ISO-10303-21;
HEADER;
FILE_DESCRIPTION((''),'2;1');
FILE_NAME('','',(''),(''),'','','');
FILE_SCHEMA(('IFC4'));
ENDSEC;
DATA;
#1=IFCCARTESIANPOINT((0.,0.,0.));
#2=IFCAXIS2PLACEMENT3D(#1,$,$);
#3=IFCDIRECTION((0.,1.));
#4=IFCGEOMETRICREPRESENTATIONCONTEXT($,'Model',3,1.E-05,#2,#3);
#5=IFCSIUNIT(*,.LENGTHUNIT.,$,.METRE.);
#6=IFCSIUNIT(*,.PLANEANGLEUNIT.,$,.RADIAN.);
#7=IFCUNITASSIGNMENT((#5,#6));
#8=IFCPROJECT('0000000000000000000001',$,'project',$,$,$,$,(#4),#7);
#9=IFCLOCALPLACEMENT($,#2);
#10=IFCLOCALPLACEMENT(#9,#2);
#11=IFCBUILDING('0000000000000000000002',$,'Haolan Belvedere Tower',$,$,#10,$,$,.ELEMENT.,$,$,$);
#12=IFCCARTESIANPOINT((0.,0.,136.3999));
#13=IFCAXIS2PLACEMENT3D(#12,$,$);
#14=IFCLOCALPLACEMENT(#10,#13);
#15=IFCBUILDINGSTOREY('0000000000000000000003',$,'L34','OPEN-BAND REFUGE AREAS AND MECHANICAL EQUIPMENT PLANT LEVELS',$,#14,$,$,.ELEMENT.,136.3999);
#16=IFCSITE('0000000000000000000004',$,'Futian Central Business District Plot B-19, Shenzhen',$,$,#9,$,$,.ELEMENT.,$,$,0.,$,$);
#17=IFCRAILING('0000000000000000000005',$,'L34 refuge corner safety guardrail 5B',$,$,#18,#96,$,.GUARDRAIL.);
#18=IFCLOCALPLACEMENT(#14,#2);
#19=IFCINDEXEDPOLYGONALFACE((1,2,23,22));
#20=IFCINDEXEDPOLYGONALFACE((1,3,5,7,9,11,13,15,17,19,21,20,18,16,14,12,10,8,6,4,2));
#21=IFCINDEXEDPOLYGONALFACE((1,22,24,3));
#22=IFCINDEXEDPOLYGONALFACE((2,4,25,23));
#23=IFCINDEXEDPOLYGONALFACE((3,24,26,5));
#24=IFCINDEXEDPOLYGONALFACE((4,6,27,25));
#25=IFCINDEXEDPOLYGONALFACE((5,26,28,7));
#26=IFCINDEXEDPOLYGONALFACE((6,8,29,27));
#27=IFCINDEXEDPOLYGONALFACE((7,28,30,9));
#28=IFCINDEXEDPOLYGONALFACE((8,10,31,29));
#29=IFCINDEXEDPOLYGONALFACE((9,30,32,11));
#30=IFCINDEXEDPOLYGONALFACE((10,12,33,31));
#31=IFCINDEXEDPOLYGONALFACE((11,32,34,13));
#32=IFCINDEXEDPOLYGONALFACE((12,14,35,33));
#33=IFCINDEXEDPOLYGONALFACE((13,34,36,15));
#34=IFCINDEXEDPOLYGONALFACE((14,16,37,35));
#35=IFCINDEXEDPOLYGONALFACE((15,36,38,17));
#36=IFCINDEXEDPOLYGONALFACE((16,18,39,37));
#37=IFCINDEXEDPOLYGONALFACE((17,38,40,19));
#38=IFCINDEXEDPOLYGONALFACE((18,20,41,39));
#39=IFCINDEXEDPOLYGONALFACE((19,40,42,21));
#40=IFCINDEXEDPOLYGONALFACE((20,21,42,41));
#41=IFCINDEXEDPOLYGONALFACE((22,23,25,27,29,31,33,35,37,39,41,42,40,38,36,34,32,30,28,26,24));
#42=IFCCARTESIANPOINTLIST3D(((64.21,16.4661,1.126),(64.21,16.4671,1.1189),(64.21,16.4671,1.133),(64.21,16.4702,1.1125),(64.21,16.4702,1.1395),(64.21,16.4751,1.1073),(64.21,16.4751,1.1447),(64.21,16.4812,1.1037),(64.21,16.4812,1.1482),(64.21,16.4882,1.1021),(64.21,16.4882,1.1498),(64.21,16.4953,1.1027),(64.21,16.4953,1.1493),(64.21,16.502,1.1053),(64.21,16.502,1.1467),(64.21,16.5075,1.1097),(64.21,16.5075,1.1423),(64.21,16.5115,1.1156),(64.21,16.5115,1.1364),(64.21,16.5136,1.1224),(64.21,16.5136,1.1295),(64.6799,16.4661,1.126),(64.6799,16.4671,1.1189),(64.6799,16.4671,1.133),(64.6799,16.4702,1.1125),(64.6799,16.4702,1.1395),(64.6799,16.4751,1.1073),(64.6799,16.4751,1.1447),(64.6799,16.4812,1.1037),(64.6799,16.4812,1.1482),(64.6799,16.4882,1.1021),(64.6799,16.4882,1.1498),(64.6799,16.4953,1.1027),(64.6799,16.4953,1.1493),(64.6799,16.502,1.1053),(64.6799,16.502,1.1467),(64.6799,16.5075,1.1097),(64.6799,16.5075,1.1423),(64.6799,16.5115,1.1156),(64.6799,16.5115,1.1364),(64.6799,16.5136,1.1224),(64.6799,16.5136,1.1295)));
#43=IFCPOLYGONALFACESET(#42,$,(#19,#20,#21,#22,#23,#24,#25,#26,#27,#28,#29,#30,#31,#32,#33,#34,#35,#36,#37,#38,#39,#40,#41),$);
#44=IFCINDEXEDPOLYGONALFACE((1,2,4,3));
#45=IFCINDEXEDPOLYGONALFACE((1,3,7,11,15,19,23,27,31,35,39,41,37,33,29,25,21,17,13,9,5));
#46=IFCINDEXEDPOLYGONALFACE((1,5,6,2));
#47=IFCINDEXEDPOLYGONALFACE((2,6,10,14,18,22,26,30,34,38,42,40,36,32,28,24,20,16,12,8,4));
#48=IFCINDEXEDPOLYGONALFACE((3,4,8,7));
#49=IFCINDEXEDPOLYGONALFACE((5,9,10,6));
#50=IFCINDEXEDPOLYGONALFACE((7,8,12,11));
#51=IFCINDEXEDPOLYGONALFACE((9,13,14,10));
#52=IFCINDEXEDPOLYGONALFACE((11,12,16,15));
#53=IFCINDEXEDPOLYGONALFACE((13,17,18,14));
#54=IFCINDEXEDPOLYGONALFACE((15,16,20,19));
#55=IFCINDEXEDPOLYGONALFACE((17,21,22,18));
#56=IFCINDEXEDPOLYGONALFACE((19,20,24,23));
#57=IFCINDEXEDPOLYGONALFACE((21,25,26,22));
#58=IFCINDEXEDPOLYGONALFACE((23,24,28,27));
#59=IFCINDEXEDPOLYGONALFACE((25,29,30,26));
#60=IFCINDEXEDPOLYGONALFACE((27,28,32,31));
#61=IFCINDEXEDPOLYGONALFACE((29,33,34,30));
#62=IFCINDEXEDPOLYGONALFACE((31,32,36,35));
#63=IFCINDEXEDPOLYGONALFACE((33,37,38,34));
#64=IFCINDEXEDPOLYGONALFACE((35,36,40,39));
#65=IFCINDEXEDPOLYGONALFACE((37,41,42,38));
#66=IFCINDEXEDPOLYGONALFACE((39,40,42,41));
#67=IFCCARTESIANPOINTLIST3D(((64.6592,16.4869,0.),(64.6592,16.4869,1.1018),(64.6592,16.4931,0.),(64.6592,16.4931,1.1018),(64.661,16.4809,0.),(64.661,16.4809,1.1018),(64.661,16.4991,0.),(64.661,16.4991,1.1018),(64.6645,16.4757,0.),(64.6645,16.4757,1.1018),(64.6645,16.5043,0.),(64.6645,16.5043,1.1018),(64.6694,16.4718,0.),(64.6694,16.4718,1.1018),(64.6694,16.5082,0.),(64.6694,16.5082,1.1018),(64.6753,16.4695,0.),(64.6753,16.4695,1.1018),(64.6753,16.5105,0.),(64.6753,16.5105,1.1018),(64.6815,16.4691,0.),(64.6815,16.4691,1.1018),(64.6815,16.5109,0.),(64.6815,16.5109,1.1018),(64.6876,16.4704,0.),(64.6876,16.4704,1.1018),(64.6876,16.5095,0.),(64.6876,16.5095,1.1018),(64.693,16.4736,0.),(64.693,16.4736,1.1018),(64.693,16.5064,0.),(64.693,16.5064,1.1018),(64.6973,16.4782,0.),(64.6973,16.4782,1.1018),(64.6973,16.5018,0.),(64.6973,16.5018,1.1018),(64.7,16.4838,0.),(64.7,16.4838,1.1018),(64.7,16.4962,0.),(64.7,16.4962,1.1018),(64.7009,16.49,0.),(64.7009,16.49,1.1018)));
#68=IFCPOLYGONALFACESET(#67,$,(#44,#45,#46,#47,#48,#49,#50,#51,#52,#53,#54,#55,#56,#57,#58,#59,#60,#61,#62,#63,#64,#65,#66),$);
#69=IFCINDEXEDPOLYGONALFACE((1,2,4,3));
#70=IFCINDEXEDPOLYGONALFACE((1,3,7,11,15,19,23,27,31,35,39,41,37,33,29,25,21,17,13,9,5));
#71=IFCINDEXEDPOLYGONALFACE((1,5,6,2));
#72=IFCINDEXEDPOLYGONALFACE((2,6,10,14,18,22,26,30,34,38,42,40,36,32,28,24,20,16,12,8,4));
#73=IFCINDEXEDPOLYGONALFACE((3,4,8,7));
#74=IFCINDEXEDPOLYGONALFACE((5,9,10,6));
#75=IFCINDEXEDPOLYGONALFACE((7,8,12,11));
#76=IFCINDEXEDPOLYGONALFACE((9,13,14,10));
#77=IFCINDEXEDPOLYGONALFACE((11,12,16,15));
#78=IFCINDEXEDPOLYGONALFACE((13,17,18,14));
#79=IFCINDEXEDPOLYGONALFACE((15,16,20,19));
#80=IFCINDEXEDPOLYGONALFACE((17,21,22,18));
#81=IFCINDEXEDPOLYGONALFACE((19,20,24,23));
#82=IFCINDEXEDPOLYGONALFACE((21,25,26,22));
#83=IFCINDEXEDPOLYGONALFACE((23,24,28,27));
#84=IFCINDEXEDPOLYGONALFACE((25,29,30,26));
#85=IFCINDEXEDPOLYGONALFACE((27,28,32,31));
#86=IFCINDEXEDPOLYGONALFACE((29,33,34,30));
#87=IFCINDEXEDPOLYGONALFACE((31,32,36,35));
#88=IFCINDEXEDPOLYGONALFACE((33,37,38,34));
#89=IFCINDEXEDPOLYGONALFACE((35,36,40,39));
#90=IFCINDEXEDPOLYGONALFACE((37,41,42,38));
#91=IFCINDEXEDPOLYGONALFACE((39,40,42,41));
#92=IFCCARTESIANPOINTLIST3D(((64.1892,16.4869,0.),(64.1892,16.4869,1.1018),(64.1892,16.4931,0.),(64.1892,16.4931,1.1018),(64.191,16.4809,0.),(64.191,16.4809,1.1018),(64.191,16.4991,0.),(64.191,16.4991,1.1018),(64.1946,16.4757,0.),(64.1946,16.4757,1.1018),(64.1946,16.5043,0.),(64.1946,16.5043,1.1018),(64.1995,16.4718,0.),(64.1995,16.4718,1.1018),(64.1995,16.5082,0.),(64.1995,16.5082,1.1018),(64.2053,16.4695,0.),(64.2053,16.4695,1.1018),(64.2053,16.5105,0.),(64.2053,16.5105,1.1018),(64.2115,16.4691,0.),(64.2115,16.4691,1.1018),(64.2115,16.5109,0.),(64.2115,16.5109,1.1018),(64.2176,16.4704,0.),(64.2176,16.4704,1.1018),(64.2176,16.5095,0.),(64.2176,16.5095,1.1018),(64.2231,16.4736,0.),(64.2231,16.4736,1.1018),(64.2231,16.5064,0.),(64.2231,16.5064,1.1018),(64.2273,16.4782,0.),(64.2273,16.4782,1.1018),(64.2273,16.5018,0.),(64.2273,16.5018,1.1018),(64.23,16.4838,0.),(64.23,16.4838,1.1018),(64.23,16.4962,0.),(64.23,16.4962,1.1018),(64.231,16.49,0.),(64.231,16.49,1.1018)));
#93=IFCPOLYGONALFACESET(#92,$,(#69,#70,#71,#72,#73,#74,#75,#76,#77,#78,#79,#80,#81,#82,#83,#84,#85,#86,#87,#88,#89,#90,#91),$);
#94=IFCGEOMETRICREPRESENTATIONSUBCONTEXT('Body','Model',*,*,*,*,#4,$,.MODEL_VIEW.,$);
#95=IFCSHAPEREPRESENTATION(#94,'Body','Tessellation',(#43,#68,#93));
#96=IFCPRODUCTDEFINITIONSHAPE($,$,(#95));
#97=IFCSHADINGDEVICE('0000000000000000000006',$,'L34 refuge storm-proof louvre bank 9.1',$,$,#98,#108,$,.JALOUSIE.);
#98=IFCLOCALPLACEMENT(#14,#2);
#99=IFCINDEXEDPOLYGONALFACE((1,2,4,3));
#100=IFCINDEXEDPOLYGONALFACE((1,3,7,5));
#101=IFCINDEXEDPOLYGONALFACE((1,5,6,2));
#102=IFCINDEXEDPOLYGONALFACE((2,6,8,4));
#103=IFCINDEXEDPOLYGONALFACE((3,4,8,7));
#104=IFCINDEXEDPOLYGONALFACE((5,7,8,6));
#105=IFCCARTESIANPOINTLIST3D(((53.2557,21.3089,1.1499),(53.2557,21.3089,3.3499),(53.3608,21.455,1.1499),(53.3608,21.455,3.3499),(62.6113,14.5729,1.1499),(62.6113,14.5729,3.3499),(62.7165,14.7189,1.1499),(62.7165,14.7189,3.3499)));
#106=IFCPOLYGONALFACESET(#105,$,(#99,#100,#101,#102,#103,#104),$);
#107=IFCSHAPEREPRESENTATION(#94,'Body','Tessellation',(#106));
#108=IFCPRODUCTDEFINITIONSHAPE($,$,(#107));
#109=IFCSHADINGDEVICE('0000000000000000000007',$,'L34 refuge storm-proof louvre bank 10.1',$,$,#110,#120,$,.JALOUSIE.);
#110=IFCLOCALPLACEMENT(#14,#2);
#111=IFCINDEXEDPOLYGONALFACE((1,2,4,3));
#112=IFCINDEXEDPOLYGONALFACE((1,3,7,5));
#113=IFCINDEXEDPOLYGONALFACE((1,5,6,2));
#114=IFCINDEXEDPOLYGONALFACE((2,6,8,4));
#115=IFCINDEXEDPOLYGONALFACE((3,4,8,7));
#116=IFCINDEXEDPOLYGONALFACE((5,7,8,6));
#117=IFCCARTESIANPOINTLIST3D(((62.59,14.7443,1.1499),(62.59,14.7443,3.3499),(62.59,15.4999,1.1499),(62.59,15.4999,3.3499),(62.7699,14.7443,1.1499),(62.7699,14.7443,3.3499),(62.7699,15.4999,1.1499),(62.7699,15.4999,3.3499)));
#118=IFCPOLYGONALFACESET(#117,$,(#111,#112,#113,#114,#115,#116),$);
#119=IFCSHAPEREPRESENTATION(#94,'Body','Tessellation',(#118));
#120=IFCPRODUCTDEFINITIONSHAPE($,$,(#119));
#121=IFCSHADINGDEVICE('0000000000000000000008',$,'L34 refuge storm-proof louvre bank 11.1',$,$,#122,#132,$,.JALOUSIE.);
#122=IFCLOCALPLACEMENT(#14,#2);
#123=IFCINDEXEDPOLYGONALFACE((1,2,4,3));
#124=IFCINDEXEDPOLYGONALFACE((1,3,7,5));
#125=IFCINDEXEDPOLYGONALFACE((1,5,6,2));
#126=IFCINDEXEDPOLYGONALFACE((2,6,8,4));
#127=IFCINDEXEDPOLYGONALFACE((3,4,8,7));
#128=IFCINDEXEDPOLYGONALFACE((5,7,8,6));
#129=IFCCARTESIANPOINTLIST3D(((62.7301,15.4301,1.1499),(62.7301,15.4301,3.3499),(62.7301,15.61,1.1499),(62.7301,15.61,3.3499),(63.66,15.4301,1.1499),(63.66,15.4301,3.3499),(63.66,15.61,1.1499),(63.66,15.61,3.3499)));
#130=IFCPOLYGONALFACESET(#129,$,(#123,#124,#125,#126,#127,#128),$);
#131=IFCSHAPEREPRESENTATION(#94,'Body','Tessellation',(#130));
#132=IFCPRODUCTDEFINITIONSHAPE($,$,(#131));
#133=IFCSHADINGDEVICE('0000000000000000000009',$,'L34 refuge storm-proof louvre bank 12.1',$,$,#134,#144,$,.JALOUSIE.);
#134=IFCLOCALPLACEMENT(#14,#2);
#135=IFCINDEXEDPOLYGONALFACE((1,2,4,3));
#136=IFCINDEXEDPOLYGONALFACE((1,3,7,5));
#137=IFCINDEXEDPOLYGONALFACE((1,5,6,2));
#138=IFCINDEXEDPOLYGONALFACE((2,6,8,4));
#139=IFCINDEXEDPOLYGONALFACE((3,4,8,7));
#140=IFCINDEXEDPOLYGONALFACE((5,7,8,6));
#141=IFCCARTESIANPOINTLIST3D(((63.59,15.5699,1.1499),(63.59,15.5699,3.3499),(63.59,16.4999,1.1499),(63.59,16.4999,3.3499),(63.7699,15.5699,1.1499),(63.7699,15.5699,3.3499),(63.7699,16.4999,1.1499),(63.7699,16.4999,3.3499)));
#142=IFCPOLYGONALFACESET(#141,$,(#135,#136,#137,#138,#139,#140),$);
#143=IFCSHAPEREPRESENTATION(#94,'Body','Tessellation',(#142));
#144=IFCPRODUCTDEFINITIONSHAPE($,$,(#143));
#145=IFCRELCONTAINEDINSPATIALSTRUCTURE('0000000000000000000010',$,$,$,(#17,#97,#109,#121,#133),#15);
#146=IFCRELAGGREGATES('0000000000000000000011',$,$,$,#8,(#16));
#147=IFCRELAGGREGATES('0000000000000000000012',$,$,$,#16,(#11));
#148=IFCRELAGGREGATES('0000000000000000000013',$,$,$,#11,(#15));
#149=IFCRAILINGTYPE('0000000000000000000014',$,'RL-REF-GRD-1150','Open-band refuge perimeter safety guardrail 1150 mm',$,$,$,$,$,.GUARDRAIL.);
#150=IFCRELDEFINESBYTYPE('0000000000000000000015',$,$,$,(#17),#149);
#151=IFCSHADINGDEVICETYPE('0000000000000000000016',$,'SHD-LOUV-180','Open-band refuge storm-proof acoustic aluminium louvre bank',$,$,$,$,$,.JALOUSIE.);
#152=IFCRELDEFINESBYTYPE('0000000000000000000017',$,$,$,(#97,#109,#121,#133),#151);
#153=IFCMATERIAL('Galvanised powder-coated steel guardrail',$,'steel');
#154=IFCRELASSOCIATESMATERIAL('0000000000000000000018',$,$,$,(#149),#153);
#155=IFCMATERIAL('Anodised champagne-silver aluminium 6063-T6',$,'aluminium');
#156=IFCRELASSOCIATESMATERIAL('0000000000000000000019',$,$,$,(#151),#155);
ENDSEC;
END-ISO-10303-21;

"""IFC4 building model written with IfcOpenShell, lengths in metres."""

from ifc_helpers import new_model, si_unit, direction, frame, origin, origin_2d, place, context, subcontext, project, spatial, rectangle, circle, extrude, material, type_object, element, save


model = new_model("IFC4")

# Units and contexts
model_context = context("Model", 3, precision=1e-05, world=origin(), true_north=direction((0.0, 1.0)))
body_context = subcontext(model_context, "Body", "Model", "MODEL_VIEW")
ifc_project = project(units=[si_unit("LENGTHUNIT", "METRE"), si_unit("PLANEANGLEUNIT", "RADIAN")], contexts=[model_context])

# Site, building, storey
site_placement = place(None, origin())
site = spatial("IfcSite", under=ifc_project, at=site_placement, Name="Futian Central Business District Plot B-19, Shenzhen", CompositionType="ELEMENT", RefElevation=0.0)
building_placement = place(site_placement, origin())
building = spatial("IfcBuilding", under=site, at=building_placement, Name="Haolan Belvedere Tower", CompositionType="ELEMENT")
storey_placement = place(building_placement, frame((0.0, 0.0, 136.3999)))
storey = spatial("IfcBuildingStorey", under=building, at=storey_placement, Name="L34", Description="OPEN-BAND REFUGE AREAS AND MECHANICAL EQUIPMENT PLANT LEVELS", CompositionType="ELEMENT", Elevation=136.3999)

# Railing
ifc_material_1 = material(Name="Galvanised powder-coated steel guardrail", Category="steel")
railing_type = type_object("IfcRailingType", Name="RL-REF-GRD-1150", Description="Open-band refuge perimeter safety guardrail 1150 mm", PredefinedType="GUARDRAIL", material=ifc_material_1)
railing_1_placement = place(storey_placement, frame((64.6799, 16.49, 0.0)))
element("IfcRailing", 1, at=railing_1_placement, inside=storey, type_object=railing_type, Name="L34 refuge corner safety guardrail 5B", PredefinedType="GUARDRAIL", context=body_context, shape_type="SweptSolid", body=[
    extrude(circle(Radius=0.0239, at=origin_2d()), frame((0.0, 0.0, 1.126), z_axis=(-1.0, 0.0, 0.0), x_axis=(0.0, -1.0, 0.0)), (0.0, 0.0, 1.0), 0.47),
    extrude(circle(Radius=0.021, at=origin_2d()), origin(), (0.0, 0.0, 1.0), 1.1018),
    extrude(circle(Radius=0.021, at=origin_2d()), frame((-0.47, 0.0, 0.0)), (0.0, 0.0, 1.0), 1.1018),
])

# Shading devices
ifc_material_2 = material(Name="Anodised champagne-silver aluminium 6063-T6", Category="aluminium")
shading_device_type = type_object("IfcShadingDeviceType", Name="SHD-LOUV-180", Description="Open-band refuge storm-proof acoustic aluminium louvre bank", PredefinedType="JALOUSIE", material=ifc_material_2)
shading_device_1_placement = place(storey_placement, frame((57.9861, 18.0139, 1.1499), z_axis=(0.0, 0.0, 1.0), x_axis=(0.811533, -0.584306, 0.0)))
element("IfcShadingDevice", 2, at=shading_device_1_placement, inside=storey, type_object=shading_device_type, Name="L34 refuge storm-proof louvre bank 9.1", PredefinedType="JALOUSIE", context=body_context, shape_type="SweptSolid", body=[
    extrude(rectangle(XDim=11.5283, YDim=0.1799, at=origin_2d()), origin(), (0.0, 0.0, 1.0), 2.2),
])
shading_device_2_placement = place(storey_placement, frame((62.6799, 15.1221, 1.1499), z_axis=(0.0, 0.0, 1.0), x_axis=(0.0, 1.0, 0.0)))
element("IfcShadingDevice", 3, at=shading_device_2_placement, inside=storey, type_object=shading_device_type, Name="L34 refuge storm-proof louvre bank 10.1", PredefinedType="JALOUSIE", context=body_context, shape_type="SweptSolid", body=[
    extrude(rectangle(XDim=0.7556, YDim=0.1799, at=origin_2d()), origin(), (0.0, 0.0, 1.0), 2.2),
])
for number, where, z_axis, x_axis, name in (
    (4, (63.1951, 15.52, 1.1499), (0.0, 0.0, 1.0), (1.0, 0.0, 0.0), "L34 refuge storm-proof louvre bank 11.1"),
    (5, (63.6799, 16.0349, 1.1499), (0.0, 0.0, 1.0), (0.0, 1.0, 0.0), "L34 refuge storm-proof louvre bank 12.1"),
):
    element("IfcShadingDevice", number, at=place(storey_placement, frame(where, z_axis=z_axis, x_axis=x_axis)), inside=storey, type_object=shading_device_type, Name=name, PredefinedType="JALOUSIE", context=body_context, shape_type="SweptSolid", body=[
        extrude(rectangle(XDim=0.9299, YDim=0.1799, at=origin_2d()), origin(), (0.0, 0.0, 1.0), 2.2),
    ])

save(model, "model.ifc")
